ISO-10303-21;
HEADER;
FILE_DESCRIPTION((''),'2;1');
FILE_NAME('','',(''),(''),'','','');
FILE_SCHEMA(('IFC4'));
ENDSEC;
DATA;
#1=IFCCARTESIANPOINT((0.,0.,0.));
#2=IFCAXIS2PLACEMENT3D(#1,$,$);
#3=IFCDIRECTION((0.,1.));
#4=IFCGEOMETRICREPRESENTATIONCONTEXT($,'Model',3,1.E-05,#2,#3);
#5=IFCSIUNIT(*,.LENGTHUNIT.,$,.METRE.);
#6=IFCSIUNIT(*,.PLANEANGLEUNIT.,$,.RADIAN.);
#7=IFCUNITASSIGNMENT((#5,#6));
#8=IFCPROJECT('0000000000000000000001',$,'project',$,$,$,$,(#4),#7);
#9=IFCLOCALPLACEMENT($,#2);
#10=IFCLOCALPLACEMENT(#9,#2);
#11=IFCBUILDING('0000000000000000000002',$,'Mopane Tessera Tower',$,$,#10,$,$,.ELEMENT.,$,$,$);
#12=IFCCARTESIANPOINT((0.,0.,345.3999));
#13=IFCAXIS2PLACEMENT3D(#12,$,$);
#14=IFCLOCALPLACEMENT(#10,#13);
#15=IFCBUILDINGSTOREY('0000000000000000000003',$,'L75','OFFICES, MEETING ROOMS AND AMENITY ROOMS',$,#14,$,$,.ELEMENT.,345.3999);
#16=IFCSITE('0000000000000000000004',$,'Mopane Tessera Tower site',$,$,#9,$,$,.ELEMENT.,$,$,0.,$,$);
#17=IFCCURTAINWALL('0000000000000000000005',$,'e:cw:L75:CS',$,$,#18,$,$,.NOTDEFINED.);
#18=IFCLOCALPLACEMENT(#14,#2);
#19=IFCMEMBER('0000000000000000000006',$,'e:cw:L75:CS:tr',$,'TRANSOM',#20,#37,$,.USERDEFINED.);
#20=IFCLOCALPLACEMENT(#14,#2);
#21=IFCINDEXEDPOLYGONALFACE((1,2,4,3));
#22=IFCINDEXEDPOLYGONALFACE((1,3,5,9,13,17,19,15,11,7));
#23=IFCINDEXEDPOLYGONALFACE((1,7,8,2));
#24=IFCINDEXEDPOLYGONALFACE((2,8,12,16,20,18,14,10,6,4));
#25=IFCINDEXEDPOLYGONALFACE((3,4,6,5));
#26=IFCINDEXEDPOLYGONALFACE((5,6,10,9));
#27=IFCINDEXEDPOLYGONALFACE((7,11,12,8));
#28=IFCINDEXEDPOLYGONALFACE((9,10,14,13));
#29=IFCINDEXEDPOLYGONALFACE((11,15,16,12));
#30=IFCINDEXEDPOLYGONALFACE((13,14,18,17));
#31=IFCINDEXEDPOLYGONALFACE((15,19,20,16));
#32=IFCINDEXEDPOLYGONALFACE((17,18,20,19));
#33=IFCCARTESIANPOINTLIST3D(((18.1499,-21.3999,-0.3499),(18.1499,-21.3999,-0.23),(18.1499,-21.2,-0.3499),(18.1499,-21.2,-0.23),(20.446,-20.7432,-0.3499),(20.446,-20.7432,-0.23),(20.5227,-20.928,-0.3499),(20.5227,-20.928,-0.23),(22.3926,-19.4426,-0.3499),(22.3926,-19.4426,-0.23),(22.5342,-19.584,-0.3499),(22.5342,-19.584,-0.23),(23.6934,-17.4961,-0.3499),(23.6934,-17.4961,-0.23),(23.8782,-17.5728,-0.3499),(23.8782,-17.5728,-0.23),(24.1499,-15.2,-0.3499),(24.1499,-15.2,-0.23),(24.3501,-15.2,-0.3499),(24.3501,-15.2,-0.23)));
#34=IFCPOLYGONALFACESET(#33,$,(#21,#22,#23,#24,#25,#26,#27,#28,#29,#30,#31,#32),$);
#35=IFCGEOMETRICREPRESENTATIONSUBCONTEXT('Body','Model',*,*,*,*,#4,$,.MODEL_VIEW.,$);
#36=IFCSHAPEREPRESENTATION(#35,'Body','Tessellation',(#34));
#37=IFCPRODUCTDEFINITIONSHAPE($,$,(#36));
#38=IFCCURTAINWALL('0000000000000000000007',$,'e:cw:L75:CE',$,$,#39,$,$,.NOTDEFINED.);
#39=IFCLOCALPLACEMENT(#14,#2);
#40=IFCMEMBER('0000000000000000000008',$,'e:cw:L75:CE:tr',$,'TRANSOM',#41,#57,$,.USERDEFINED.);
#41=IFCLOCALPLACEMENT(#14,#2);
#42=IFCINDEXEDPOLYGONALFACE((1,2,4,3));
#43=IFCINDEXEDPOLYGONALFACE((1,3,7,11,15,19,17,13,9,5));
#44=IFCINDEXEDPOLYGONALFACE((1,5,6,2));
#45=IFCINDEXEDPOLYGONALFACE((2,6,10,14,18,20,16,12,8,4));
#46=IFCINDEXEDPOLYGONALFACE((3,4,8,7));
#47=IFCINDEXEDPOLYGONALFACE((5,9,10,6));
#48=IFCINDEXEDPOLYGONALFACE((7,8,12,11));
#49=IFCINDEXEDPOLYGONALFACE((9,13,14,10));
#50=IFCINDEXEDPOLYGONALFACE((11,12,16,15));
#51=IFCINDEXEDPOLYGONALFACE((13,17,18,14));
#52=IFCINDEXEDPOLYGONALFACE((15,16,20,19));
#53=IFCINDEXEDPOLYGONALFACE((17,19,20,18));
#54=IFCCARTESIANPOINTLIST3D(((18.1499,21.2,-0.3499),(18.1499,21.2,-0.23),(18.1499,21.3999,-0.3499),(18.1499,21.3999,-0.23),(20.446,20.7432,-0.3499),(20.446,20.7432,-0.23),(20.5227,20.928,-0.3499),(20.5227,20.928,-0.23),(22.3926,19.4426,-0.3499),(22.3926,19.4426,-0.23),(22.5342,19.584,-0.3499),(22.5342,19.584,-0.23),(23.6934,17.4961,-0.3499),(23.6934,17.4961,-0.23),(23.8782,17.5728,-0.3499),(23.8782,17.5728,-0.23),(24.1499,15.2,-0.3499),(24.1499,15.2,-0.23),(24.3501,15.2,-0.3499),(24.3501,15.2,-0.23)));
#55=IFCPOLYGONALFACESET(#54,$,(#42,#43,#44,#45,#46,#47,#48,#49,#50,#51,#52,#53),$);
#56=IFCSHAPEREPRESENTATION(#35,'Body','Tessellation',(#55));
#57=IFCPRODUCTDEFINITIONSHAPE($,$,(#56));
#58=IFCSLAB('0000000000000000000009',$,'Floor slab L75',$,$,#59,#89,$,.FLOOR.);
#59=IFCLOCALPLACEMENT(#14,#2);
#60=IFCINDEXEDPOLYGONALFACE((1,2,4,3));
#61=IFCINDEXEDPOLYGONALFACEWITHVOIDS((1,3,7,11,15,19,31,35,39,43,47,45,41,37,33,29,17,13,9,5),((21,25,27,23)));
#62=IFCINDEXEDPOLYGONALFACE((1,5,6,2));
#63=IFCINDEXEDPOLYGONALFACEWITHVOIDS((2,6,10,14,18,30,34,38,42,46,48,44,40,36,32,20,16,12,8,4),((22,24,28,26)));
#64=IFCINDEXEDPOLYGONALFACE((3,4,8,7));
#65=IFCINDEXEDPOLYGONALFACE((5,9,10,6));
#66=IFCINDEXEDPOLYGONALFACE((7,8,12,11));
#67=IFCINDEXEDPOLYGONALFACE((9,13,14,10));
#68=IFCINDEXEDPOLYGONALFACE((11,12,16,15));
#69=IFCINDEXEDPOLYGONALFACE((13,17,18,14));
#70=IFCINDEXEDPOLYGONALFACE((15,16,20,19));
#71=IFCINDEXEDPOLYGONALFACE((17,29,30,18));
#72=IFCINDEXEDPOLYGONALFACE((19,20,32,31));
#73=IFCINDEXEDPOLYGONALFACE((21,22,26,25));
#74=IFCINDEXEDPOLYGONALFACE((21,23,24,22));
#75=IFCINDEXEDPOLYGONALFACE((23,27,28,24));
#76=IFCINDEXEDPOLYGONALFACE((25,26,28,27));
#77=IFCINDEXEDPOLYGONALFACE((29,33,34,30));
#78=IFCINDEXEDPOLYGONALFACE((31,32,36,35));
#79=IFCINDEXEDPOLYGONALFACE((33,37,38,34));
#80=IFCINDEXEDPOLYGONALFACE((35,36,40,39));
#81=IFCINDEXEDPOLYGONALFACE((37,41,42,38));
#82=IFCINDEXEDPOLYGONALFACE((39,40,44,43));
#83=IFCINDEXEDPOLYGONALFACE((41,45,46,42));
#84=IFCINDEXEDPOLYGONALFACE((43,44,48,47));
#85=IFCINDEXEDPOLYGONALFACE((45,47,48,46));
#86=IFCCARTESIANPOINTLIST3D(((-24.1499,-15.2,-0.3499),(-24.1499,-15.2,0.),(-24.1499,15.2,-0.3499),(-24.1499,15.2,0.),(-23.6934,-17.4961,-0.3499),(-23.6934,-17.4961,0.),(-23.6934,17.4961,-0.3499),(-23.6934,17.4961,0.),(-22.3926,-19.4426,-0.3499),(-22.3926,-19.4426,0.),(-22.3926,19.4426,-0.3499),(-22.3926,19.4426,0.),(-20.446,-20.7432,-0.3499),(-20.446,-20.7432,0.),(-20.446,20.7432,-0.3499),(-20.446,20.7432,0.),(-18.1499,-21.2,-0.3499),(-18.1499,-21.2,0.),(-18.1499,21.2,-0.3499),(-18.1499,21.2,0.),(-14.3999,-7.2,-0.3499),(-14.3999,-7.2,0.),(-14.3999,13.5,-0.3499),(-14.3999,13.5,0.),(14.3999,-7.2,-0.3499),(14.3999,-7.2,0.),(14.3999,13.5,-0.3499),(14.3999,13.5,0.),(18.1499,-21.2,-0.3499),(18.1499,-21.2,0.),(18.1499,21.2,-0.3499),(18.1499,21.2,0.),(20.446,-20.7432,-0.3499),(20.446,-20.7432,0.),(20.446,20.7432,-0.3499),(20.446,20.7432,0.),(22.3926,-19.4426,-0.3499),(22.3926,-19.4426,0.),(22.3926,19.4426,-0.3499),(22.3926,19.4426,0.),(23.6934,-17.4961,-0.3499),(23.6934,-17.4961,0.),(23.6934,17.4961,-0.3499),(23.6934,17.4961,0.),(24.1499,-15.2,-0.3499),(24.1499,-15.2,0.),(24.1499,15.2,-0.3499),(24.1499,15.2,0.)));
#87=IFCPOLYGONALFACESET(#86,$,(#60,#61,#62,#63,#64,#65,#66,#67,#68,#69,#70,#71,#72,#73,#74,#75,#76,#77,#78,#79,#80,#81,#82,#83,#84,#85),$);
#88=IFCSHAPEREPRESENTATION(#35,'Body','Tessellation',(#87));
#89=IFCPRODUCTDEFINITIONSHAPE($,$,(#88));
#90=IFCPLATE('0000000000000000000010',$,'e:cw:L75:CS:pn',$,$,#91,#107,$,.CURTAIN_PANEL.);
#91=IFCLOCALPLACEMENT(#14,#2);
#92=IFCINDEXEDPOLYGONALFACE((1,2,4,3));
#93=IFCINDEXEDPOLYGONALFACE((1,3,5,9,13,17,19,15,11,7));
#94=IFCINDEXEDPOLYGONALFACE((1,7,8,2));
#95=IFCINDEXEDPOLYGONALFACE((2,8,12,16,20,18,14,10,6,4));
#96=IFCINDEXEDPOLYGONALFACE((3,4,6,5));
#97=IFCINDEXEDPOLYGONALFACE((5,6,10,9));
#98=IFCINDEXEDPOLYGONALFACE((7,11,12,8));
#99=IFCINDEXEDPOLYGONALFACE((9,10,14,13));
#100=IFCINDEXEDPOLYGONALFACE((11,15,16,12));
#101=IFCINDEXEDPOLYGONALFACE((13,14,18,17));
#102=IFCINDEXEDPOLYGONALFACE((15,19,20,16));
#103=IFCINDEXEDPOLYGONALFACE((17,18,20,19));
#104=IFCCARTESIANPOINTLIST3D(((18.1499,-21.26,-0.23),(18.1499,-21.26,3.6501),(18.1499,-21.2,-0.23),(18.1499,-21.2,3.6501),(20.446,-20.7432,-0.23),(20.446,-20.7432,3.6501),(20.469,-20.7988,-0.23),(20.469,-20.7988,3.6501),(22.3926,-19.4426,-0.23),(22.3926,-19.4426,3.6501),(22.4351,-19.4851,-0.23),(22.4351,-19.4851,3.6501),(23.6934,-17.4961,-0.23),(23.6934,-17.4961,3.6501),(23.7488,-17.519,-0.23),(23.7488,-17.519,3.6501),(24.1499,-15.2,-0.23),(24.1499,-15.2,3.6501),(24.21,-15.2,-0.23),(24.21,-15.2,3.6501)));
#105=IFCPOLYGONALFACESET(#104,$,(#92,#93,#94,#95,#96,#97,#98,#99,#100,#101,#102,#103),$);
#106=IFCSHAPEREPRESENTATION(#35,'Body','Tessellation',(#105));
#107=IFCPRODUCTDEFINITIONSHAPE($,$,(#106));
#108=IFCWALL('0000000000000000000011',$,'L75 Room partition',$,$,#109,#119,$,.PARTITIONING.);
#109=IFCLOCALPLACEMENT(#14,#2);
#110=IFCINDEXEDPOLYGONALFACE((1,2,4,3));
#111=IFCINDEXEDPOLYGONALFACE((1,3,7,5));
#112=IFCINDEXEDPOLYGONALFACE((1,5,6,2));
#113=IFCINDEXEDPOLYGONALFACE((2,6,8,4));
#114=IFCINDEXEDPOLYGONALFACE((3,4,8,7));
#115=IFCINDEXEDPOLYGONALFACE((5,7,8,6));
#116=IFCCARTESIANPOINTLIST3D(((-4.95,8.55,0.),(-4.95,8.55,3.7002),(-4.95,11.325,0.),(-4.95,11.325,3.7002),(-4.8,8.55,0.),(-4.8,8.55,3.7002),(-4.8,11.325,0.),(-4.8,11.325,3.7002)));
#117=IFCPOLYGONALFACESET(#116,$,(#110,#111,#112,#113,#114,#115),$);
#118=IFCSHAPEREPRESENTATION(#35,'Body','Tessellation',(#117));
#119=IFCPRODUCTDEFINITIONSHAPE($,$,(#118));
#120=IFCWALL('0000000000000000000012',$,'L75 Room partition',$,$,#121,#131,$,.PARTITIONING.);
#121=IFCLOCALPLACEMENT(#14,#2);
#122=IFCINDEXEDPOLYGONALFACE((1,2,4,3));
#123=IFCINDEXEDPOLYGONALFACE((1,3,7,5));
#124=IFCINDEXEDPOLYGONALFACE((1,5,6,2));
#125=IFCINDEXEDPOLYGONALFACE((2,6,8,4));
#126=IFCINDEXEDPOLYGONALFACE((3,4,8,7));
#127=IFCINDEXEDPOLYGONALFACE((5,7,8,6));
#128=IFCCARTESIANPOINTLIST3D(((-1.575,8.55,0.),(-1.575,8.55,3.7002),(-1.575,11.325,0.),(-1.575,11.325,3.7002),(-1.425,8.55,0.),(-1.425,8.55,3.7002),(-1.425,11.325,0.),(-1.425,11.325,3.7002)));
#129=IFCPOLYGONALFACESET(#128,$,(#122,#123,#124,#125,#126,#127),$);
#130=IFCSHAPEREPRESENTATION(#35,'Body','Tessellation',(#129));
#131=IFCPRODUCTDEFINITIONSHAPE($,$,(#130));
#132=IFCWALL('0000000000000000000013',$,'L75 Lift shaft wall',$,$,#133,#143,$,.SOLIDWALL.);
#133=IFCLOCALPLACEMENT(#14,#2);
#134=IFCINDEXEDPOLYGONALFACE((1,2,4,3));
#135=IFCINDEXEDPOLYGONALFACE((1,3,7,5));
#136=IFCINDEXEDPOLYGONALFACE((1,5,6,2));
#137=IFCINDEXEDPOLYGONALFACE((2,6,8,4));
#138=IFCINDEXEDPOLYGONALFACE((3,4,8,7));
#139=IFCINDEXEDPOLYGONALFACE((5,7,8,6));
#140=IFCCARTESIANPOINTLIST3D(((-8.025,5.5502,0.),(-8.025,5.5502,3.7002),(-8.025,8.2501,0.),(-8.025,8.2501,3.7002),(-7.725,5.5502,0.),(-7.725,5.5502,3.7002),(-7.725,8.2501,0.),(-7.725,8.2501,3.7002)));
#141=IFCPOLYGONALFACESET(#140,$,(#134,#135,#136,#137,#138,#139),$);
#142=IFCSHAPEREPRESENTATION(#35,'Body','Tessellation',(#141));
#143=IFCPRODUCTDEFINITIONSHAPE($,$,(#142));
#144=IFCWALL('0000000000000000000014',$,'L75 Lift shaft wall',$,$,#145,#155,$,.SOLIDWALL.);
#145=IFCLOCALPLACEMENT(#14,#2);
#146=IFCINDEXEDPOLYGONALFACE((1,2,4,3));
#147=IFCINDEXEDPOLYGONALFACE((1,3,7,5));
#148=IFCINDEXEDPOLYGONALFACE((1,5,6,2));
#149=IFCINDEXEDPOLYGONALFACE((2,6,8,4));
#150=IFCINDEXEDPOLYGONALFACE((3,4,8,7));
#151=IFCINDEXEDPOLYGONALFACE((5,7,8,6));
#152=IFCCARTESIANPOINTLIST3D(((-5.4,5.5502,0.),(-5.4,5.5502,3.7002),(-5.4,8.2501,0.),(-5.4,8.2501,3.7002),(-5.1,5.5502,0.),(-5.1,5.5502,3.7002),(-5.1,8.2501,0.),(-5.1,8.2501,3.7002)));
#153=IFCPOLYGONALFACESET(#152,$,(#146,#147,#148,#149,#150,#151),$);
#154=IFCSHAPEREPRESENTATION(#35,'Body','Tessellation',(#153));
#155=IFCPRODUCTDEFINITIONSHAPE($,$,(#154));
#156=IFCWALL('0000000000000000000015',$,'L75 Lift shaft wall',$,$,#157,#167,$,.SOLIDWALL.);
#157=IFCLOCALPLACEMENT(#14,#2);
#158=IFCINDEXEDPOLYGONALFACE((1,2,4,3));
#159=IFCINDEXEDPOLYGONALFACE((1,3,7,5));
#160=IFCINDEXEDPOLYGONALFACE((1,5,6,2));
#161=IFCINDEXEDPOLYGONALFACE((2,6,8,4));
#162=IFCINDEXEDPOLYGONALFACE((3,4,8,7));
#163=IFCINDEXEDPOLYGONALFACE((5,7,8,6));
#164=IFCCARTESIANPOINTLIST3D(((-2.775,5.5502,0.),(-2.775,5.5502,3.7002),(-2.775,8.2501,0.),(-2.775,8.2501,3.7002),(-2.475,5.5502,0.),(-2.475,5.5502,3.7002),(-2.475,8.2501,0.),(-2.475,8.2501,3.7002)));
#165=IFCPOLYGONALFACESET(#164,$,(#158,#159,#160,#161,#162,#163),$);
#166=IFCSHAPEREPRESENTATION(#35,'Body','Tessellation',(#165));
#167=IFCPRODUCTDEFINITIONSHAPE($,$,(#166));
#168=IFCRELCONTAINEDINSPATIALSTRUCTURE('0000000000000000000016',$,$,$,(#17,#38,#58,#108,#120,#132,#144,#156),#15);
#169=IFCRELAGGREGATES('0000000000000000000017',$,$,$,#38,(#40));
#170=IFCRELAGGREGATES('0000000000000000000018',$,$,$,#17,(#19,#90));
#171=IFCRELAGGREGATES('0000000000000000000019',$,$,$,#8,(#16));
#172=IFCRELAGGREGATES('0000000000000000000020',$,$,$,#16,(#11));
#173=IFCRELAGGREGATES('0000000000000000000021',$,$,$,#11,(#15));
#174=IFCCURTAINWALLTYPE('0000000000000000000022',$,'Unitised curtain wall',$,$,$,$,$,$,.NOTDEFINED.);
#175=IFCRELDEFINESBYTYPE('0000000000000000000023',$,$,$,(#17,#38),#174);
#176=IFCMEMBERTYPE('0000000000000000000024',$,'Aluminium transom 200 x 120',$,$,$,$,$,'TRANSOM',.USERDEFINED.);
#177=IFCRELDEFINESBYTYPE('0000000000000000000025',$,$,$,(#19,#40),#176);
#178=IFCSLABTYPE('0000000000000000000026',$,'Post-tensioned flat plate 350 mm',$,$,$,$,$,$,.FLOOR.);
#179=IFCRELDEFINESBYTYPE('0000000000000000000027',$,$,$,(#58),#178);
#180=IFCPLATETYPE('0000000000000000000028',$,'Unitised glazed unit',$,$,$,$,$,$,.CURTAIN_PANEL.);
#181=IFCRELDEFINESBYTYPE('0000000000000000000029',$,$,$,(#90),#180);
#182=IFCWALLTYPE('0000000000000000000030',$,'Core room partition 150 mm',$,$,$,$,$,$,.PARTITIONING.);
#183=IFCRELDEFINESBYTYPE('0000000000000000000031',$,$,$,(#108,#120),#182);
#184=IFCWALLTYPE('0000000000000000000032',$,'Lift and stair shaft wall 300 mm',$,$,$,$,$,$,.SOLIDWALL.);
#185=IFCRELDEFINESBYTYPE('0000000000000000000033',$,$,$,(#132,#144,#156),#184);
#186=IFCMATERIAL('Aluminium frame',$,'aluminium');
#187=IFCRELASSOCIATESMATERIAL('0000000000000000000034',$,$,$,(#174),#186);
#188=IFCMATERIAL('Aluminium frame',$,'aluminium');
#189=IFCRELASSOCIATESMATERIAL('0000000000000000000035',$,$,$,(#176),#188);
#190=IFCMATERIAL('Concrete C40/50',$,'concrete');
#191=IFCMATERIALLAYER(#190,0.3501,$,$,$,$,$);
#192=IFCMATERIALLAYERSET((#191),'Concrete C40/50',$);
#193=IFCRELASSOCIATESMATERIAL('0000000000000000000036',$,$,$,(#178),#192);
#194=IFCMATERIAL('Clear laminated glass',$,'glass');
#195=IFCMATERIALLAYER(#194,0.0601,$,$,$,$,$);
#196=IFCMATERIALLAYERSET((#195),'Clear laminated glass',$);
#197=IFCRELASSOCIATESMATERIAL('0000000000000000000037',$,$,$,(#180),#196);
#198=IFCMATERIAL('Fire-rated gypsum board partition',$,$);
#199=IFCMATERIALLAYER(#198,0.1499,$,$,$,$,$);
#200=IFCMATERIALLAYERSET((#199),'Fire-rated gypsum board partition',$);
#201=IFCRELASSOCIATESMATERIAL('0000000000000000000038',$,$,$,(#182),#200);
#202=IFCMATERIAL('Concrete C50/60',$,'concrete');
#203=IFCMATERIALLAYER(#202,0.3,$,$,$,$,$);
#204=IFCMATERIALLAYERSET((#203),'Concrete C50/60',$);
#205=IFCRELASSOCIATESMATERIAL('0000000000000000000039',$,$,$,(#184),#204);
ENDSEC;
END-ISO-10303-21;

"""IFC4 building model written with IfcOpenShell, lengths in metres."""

from ifc_helpers import new_model, si_unit, direction, frame, frame_2d, origin, origin_2d, place, context, subcontext, project, spatial, polyline, rectangle, outline, extrude, material, layer, layer_set, material_profile, profile_set, type_object, element, aggregate, save


model = new_model("IFC4")

# Units and contexts
model_context = context("Model", 3, precision=1e-05, world=origin(), true_north=direction((0.0, 1.0)))
body_context = subcontext(model_context, "Body", "Model", "MODEL_VIEW")
ifc_project = project(units=[si_unit("LENGTHUNIT", "METRE"), si_unit("PLANEANGLEUNIT", "RADIAN")], contexts=[model_context])

# Site, building, storey
site_placement = place(None, origin())
site = spatial("IfcSite", under=ifc_project, at=site_placement, Name="Mopane Tessera Tower site", CompositionType="ELEMENT", RefElevation=0.0)
building_placement = place(site_placement, origin())
building = spatial("IfcBuilding", under=site, at=building_placement, Name="Mopane Tessera Tower", CompositionType="ELEMENT")
storey_placement = place(building_placement, frame((0.0, 0.0, 345.3999)))
storey = spatial("IfcBuildingStorey", under=building, at=storey_placement, Name="L75", Description="OFFICES, MEETING ROOMS AND AMENITY ROOMS", CompositionType="ELEMENT", Elevation=345.3999)

# Curtain walls, members
ifc_material_1 = material(Name="Aluminium frame", Category="aluminium")
curtain_wall_type = type_object("IfcCurtainWallType", Name="Unitised curtain wall", PredefinedType="NOTDEFINED", material=ifc_material_1)
curtain_wall_1_placement = place(storey_placement, origin())
curtain_wall_1 = element("IfcCurtainWall", 1, at=curtain_wall_1_placement, inside=storey, type_object=curtain_wall_type, Name="e:cw:L75:CS", PredefinedType="NOTDEFINED")
ifc_material_2 = material(Name="Aluminium frame", Category="aluminium")
ifc_material_profile = material_profile(ifc_material_2, rectangle(XDim=0.2, YDim=0.1201, at=origin_2d()))
ifc_profile_set = profile_set([ifc_material_profile], Name="Aluminium frame")
member_type = type_object("IfcMemberType", Name="Aluminium transom 200 x 120", ElementType="TRANSOM", PredefinedType="USERDEFINED", material=ifc_profile_set)
member_1_placement = place(storey_placement, frame((0.0, 0.0, -0.3499)))
member_1 = element("IfcMember", 2, at=member_1_placement, type_object=member_type, Name="e:cw:L75:CS:tr", ObjectType="TRANSOM", PredefinedType="USERDEFINED", context=body_context, shape_type="SweptSolid", body=[
    extrude(outline(polyline([(18.1499, -21.2), (20.446, -20.7432), (22.3926, -19.4426), (23.6934, -17.4961), (24.1499, -15.2), (24.3501, -15.2), (23.8782, -17.5728), (22.5342, -19.584), (20.5227, -20.928), (18.1499, -21.3999), (18.1499, -21.2)])), origin(), (0.0, 0.0, 1.0), 0.1199),
])
curtain_wall_2_placement = place(storey_placement, origin())
curtain_wall_2 = element("IfcCurtainWall", 3, at=curtain_wall_2_placement, inside=storey, type_object=curtain_wall_type, Name="e:cw:L75:CE", PredefinedType="NOTDEFINED")
member_2_placement = place(storey_placement, frame((0.0, 0.0, -0.3499)))
member_2 = element("IfcMember", 4, at=member_2_placement, type_object=member_type, Name="e:cw:L75:CE:tr", ObjectType="TRANSOM", PredefinedType="USERDEFINED", context=body_context, shape_type="SweptSolid", body=[
    extrude(outline(polyline([(24.1499, 15.2), (23.6934, 17.4961), (22.3926, 19.4426), (20.446, 20.7432), (18.1499, 21.2), (18.1499, 21.3999), (20.5227, 20.928), (22.5342, 19.584), (23.8782, 17.5728), (24.3501, 15.2), (24.1499, 15.2)])), origin(), (0.0, 0.0, 1.0), 0.1199),
])
aggregate(curtain_wall_2, [member_2])

# Slab
ifc_material_3 = material(Name="Concrete C40/50", Category="concrete")
ifc_layer_1 = layer(ifc_material_3, 0.3501)
ifc_layer_set_1 = layer_set([ifc_layer_1], Name="Concrete C40/50")
slab_type = type_object("IfcSlabType", Name="Post-tensioned flat plate 350 mm", PredefinedType="FLOOR", material=ifc_layer_set_1)
slab_placement = place(storey_placement, frame((0.0, 0.0, -0.3499)))
element("IfcSlab", 5, at=slab_placement, inside=storey, type_object=slab_type, Name="Floor slab L75", PredefinedType="FLOOR", context=body_context, shape_type="SweptSolid", body=[
    extrude(outline(polyline([(-18.1499, -21.2), (18.1499, -21.2), (20.446, -20.7432), (22.3926, -19.4426), (23.6934, -17.4961), (24.1499, -15.2), (24.1499, 15.2), (23.6934, 17.4961), (22.3926, 19.4426), (20.446, 20.7432), (18.1499, 21.2), (-18.1499, 21.2), (-20.446, 20.7432), (-22.3926, 19.4426), (-23.6934, 17.4961), (-24.1499, 15.2), (-24.1499, -15.2), (-23.6934, -17.4961), (-22.3926, -19.4426), (-20.446, -20.7432), (-18.1499, -21.2)]), holes=[polyline([(14.3999, -7.2), (-14.3999, -7.2), (-14.3999, 13.5), (14.3999, 13.5), (14.3999, -7.2)])]), origin(), (0.0, 0.0, 1.0), 0.3499),
])

# Plate
ifc_material_4 = material(Name="Clear laminated glass", Category="glass")
ifc_layer_2 = layer(ifc_material_4, 0.0601)
ifc_layer_set_2 = layer_set([ifc_layer_2], Name="Clear laminated glass")
plate_type = type_object("IfcPlateType", Name="Unitised glazed unit", PredefinedType="CURTAIN_PANEL", material=ifc_layer_set_2)
plate_placement = place(storey_placement, frame((0.0, 0.0, -0.23)))
plate = element("IfcPlate", 6, at=plate_placement, type_object=plate_type, Name="e:cw:L75:CS:pn", PredefinedType="CURTAIN_PANEL", context=body_context, shape_type="SweptSolid", body=[
    extrude(outline(polyline([(18.1499, -21.2), (20.446, -20.7432), (22.3926, -19.4426), (23.6934, -17.4961), (24.1499, -15.2), (24.21, -15.2), (23.7488, -17.519), (22.4351, -19.4851), (20.469, -20.7988), (18.1499, -21.26), (18.1499, -21.2)])), origin(), (0.0, 0.0, 1.0), 3.8801),
])
aggregate(curtain_wall_1, [member_1, plate])

# Walls
ifc_material_5 = material(Name="Fire-rated gypsum board partition")
ifc_layer_3 = layer(ifc_material_5, 0.1499)
ifc_layer_set_3 = layer_set([ifc_layer_3], Name="Fire-rated gypsum board partition")
wall_type_1 = type_object("IfcWallType", Name="Core room partition 150 mm", PredefinedType="PARTITIONING", material=ifc_layer_set_3)
for number, where, z_axis, x_axis, name in (
    (7, (-4.875, 8.55, 0.0), (0.0, 0.0, 1.0), (0.0, 1.0, 0.0), "L75 Room partition"),
    (8, (-1.5, 8.55, 0.0), (0.0, 0.0, 1.0), (0.0, 1.0, 0.0), "L75 Room partition"),
):
    element("IfcWall", number, at=place(storey_placement, frame(where, z_axis=z_axis, x_axis=x_axis)), inside=storey, type_object=wall_type_1, Name=name, PredefinedType="PARTITIONING", context=body_context, shape_type="SweptSolid", body=[
        extrude(rectangle(XDim=2.7749, YDim=0.1499, at=frame_2d((1.3875, 0.0))), origin(), (0.0, 0.0, 1.0), 3.7002),
    ])
ifc_material_6 = material(Name="Concrete C50/60", Category="concrete")
ifc_layer_4 = layer(ifc_material_6, 0.3)
ifc_layer_set_4 = layer_set([ifc_layer_4], Name="Concrete C50/60")
wall_type_2 = type_object("IfcWallType", Name="Lift and stair shaft wall 300 mm", PredefinedType="SOLIDWALL", material=ifc_layer_set_4)
for number, where, z_axis, x_axis, name in (
    (9, (-7.875, 5.55, 0.0), (0.0, 0.0, 1.0), (0.0, 1.0, 0.0), "L75 Lift shaft wall"),
    (10, (-5.25, 5.55, 0.0), (0.0, 0.0, 1.0), (0.0, 1.0, 0.0), "L75 Lift shaft wall"),
    (11, (-2.625, 5.55, 0.0), (0.0, 0.0, 1.0), (0.0, 1.0, 0.0), "L75 Lift shaft wall"),
):
    element("IfcWall", number, at=place(storey_placement, frame(where, z_axis=z_axis, x_axis=x_axis)), inside=storey, type_object=wall_type_2, Name=name, PredefinedType="SOLIDWALL", context=body_context, shape_type="SweptSolid", body=[
        extrude(rectangle(XDim=2.7, YDim=0.3, at=frame_2d((1.3501, 0.0))), origin(), (0.0, 0.0, 1.0), 3.7002),
    ])

save(model, "model.ifc")
